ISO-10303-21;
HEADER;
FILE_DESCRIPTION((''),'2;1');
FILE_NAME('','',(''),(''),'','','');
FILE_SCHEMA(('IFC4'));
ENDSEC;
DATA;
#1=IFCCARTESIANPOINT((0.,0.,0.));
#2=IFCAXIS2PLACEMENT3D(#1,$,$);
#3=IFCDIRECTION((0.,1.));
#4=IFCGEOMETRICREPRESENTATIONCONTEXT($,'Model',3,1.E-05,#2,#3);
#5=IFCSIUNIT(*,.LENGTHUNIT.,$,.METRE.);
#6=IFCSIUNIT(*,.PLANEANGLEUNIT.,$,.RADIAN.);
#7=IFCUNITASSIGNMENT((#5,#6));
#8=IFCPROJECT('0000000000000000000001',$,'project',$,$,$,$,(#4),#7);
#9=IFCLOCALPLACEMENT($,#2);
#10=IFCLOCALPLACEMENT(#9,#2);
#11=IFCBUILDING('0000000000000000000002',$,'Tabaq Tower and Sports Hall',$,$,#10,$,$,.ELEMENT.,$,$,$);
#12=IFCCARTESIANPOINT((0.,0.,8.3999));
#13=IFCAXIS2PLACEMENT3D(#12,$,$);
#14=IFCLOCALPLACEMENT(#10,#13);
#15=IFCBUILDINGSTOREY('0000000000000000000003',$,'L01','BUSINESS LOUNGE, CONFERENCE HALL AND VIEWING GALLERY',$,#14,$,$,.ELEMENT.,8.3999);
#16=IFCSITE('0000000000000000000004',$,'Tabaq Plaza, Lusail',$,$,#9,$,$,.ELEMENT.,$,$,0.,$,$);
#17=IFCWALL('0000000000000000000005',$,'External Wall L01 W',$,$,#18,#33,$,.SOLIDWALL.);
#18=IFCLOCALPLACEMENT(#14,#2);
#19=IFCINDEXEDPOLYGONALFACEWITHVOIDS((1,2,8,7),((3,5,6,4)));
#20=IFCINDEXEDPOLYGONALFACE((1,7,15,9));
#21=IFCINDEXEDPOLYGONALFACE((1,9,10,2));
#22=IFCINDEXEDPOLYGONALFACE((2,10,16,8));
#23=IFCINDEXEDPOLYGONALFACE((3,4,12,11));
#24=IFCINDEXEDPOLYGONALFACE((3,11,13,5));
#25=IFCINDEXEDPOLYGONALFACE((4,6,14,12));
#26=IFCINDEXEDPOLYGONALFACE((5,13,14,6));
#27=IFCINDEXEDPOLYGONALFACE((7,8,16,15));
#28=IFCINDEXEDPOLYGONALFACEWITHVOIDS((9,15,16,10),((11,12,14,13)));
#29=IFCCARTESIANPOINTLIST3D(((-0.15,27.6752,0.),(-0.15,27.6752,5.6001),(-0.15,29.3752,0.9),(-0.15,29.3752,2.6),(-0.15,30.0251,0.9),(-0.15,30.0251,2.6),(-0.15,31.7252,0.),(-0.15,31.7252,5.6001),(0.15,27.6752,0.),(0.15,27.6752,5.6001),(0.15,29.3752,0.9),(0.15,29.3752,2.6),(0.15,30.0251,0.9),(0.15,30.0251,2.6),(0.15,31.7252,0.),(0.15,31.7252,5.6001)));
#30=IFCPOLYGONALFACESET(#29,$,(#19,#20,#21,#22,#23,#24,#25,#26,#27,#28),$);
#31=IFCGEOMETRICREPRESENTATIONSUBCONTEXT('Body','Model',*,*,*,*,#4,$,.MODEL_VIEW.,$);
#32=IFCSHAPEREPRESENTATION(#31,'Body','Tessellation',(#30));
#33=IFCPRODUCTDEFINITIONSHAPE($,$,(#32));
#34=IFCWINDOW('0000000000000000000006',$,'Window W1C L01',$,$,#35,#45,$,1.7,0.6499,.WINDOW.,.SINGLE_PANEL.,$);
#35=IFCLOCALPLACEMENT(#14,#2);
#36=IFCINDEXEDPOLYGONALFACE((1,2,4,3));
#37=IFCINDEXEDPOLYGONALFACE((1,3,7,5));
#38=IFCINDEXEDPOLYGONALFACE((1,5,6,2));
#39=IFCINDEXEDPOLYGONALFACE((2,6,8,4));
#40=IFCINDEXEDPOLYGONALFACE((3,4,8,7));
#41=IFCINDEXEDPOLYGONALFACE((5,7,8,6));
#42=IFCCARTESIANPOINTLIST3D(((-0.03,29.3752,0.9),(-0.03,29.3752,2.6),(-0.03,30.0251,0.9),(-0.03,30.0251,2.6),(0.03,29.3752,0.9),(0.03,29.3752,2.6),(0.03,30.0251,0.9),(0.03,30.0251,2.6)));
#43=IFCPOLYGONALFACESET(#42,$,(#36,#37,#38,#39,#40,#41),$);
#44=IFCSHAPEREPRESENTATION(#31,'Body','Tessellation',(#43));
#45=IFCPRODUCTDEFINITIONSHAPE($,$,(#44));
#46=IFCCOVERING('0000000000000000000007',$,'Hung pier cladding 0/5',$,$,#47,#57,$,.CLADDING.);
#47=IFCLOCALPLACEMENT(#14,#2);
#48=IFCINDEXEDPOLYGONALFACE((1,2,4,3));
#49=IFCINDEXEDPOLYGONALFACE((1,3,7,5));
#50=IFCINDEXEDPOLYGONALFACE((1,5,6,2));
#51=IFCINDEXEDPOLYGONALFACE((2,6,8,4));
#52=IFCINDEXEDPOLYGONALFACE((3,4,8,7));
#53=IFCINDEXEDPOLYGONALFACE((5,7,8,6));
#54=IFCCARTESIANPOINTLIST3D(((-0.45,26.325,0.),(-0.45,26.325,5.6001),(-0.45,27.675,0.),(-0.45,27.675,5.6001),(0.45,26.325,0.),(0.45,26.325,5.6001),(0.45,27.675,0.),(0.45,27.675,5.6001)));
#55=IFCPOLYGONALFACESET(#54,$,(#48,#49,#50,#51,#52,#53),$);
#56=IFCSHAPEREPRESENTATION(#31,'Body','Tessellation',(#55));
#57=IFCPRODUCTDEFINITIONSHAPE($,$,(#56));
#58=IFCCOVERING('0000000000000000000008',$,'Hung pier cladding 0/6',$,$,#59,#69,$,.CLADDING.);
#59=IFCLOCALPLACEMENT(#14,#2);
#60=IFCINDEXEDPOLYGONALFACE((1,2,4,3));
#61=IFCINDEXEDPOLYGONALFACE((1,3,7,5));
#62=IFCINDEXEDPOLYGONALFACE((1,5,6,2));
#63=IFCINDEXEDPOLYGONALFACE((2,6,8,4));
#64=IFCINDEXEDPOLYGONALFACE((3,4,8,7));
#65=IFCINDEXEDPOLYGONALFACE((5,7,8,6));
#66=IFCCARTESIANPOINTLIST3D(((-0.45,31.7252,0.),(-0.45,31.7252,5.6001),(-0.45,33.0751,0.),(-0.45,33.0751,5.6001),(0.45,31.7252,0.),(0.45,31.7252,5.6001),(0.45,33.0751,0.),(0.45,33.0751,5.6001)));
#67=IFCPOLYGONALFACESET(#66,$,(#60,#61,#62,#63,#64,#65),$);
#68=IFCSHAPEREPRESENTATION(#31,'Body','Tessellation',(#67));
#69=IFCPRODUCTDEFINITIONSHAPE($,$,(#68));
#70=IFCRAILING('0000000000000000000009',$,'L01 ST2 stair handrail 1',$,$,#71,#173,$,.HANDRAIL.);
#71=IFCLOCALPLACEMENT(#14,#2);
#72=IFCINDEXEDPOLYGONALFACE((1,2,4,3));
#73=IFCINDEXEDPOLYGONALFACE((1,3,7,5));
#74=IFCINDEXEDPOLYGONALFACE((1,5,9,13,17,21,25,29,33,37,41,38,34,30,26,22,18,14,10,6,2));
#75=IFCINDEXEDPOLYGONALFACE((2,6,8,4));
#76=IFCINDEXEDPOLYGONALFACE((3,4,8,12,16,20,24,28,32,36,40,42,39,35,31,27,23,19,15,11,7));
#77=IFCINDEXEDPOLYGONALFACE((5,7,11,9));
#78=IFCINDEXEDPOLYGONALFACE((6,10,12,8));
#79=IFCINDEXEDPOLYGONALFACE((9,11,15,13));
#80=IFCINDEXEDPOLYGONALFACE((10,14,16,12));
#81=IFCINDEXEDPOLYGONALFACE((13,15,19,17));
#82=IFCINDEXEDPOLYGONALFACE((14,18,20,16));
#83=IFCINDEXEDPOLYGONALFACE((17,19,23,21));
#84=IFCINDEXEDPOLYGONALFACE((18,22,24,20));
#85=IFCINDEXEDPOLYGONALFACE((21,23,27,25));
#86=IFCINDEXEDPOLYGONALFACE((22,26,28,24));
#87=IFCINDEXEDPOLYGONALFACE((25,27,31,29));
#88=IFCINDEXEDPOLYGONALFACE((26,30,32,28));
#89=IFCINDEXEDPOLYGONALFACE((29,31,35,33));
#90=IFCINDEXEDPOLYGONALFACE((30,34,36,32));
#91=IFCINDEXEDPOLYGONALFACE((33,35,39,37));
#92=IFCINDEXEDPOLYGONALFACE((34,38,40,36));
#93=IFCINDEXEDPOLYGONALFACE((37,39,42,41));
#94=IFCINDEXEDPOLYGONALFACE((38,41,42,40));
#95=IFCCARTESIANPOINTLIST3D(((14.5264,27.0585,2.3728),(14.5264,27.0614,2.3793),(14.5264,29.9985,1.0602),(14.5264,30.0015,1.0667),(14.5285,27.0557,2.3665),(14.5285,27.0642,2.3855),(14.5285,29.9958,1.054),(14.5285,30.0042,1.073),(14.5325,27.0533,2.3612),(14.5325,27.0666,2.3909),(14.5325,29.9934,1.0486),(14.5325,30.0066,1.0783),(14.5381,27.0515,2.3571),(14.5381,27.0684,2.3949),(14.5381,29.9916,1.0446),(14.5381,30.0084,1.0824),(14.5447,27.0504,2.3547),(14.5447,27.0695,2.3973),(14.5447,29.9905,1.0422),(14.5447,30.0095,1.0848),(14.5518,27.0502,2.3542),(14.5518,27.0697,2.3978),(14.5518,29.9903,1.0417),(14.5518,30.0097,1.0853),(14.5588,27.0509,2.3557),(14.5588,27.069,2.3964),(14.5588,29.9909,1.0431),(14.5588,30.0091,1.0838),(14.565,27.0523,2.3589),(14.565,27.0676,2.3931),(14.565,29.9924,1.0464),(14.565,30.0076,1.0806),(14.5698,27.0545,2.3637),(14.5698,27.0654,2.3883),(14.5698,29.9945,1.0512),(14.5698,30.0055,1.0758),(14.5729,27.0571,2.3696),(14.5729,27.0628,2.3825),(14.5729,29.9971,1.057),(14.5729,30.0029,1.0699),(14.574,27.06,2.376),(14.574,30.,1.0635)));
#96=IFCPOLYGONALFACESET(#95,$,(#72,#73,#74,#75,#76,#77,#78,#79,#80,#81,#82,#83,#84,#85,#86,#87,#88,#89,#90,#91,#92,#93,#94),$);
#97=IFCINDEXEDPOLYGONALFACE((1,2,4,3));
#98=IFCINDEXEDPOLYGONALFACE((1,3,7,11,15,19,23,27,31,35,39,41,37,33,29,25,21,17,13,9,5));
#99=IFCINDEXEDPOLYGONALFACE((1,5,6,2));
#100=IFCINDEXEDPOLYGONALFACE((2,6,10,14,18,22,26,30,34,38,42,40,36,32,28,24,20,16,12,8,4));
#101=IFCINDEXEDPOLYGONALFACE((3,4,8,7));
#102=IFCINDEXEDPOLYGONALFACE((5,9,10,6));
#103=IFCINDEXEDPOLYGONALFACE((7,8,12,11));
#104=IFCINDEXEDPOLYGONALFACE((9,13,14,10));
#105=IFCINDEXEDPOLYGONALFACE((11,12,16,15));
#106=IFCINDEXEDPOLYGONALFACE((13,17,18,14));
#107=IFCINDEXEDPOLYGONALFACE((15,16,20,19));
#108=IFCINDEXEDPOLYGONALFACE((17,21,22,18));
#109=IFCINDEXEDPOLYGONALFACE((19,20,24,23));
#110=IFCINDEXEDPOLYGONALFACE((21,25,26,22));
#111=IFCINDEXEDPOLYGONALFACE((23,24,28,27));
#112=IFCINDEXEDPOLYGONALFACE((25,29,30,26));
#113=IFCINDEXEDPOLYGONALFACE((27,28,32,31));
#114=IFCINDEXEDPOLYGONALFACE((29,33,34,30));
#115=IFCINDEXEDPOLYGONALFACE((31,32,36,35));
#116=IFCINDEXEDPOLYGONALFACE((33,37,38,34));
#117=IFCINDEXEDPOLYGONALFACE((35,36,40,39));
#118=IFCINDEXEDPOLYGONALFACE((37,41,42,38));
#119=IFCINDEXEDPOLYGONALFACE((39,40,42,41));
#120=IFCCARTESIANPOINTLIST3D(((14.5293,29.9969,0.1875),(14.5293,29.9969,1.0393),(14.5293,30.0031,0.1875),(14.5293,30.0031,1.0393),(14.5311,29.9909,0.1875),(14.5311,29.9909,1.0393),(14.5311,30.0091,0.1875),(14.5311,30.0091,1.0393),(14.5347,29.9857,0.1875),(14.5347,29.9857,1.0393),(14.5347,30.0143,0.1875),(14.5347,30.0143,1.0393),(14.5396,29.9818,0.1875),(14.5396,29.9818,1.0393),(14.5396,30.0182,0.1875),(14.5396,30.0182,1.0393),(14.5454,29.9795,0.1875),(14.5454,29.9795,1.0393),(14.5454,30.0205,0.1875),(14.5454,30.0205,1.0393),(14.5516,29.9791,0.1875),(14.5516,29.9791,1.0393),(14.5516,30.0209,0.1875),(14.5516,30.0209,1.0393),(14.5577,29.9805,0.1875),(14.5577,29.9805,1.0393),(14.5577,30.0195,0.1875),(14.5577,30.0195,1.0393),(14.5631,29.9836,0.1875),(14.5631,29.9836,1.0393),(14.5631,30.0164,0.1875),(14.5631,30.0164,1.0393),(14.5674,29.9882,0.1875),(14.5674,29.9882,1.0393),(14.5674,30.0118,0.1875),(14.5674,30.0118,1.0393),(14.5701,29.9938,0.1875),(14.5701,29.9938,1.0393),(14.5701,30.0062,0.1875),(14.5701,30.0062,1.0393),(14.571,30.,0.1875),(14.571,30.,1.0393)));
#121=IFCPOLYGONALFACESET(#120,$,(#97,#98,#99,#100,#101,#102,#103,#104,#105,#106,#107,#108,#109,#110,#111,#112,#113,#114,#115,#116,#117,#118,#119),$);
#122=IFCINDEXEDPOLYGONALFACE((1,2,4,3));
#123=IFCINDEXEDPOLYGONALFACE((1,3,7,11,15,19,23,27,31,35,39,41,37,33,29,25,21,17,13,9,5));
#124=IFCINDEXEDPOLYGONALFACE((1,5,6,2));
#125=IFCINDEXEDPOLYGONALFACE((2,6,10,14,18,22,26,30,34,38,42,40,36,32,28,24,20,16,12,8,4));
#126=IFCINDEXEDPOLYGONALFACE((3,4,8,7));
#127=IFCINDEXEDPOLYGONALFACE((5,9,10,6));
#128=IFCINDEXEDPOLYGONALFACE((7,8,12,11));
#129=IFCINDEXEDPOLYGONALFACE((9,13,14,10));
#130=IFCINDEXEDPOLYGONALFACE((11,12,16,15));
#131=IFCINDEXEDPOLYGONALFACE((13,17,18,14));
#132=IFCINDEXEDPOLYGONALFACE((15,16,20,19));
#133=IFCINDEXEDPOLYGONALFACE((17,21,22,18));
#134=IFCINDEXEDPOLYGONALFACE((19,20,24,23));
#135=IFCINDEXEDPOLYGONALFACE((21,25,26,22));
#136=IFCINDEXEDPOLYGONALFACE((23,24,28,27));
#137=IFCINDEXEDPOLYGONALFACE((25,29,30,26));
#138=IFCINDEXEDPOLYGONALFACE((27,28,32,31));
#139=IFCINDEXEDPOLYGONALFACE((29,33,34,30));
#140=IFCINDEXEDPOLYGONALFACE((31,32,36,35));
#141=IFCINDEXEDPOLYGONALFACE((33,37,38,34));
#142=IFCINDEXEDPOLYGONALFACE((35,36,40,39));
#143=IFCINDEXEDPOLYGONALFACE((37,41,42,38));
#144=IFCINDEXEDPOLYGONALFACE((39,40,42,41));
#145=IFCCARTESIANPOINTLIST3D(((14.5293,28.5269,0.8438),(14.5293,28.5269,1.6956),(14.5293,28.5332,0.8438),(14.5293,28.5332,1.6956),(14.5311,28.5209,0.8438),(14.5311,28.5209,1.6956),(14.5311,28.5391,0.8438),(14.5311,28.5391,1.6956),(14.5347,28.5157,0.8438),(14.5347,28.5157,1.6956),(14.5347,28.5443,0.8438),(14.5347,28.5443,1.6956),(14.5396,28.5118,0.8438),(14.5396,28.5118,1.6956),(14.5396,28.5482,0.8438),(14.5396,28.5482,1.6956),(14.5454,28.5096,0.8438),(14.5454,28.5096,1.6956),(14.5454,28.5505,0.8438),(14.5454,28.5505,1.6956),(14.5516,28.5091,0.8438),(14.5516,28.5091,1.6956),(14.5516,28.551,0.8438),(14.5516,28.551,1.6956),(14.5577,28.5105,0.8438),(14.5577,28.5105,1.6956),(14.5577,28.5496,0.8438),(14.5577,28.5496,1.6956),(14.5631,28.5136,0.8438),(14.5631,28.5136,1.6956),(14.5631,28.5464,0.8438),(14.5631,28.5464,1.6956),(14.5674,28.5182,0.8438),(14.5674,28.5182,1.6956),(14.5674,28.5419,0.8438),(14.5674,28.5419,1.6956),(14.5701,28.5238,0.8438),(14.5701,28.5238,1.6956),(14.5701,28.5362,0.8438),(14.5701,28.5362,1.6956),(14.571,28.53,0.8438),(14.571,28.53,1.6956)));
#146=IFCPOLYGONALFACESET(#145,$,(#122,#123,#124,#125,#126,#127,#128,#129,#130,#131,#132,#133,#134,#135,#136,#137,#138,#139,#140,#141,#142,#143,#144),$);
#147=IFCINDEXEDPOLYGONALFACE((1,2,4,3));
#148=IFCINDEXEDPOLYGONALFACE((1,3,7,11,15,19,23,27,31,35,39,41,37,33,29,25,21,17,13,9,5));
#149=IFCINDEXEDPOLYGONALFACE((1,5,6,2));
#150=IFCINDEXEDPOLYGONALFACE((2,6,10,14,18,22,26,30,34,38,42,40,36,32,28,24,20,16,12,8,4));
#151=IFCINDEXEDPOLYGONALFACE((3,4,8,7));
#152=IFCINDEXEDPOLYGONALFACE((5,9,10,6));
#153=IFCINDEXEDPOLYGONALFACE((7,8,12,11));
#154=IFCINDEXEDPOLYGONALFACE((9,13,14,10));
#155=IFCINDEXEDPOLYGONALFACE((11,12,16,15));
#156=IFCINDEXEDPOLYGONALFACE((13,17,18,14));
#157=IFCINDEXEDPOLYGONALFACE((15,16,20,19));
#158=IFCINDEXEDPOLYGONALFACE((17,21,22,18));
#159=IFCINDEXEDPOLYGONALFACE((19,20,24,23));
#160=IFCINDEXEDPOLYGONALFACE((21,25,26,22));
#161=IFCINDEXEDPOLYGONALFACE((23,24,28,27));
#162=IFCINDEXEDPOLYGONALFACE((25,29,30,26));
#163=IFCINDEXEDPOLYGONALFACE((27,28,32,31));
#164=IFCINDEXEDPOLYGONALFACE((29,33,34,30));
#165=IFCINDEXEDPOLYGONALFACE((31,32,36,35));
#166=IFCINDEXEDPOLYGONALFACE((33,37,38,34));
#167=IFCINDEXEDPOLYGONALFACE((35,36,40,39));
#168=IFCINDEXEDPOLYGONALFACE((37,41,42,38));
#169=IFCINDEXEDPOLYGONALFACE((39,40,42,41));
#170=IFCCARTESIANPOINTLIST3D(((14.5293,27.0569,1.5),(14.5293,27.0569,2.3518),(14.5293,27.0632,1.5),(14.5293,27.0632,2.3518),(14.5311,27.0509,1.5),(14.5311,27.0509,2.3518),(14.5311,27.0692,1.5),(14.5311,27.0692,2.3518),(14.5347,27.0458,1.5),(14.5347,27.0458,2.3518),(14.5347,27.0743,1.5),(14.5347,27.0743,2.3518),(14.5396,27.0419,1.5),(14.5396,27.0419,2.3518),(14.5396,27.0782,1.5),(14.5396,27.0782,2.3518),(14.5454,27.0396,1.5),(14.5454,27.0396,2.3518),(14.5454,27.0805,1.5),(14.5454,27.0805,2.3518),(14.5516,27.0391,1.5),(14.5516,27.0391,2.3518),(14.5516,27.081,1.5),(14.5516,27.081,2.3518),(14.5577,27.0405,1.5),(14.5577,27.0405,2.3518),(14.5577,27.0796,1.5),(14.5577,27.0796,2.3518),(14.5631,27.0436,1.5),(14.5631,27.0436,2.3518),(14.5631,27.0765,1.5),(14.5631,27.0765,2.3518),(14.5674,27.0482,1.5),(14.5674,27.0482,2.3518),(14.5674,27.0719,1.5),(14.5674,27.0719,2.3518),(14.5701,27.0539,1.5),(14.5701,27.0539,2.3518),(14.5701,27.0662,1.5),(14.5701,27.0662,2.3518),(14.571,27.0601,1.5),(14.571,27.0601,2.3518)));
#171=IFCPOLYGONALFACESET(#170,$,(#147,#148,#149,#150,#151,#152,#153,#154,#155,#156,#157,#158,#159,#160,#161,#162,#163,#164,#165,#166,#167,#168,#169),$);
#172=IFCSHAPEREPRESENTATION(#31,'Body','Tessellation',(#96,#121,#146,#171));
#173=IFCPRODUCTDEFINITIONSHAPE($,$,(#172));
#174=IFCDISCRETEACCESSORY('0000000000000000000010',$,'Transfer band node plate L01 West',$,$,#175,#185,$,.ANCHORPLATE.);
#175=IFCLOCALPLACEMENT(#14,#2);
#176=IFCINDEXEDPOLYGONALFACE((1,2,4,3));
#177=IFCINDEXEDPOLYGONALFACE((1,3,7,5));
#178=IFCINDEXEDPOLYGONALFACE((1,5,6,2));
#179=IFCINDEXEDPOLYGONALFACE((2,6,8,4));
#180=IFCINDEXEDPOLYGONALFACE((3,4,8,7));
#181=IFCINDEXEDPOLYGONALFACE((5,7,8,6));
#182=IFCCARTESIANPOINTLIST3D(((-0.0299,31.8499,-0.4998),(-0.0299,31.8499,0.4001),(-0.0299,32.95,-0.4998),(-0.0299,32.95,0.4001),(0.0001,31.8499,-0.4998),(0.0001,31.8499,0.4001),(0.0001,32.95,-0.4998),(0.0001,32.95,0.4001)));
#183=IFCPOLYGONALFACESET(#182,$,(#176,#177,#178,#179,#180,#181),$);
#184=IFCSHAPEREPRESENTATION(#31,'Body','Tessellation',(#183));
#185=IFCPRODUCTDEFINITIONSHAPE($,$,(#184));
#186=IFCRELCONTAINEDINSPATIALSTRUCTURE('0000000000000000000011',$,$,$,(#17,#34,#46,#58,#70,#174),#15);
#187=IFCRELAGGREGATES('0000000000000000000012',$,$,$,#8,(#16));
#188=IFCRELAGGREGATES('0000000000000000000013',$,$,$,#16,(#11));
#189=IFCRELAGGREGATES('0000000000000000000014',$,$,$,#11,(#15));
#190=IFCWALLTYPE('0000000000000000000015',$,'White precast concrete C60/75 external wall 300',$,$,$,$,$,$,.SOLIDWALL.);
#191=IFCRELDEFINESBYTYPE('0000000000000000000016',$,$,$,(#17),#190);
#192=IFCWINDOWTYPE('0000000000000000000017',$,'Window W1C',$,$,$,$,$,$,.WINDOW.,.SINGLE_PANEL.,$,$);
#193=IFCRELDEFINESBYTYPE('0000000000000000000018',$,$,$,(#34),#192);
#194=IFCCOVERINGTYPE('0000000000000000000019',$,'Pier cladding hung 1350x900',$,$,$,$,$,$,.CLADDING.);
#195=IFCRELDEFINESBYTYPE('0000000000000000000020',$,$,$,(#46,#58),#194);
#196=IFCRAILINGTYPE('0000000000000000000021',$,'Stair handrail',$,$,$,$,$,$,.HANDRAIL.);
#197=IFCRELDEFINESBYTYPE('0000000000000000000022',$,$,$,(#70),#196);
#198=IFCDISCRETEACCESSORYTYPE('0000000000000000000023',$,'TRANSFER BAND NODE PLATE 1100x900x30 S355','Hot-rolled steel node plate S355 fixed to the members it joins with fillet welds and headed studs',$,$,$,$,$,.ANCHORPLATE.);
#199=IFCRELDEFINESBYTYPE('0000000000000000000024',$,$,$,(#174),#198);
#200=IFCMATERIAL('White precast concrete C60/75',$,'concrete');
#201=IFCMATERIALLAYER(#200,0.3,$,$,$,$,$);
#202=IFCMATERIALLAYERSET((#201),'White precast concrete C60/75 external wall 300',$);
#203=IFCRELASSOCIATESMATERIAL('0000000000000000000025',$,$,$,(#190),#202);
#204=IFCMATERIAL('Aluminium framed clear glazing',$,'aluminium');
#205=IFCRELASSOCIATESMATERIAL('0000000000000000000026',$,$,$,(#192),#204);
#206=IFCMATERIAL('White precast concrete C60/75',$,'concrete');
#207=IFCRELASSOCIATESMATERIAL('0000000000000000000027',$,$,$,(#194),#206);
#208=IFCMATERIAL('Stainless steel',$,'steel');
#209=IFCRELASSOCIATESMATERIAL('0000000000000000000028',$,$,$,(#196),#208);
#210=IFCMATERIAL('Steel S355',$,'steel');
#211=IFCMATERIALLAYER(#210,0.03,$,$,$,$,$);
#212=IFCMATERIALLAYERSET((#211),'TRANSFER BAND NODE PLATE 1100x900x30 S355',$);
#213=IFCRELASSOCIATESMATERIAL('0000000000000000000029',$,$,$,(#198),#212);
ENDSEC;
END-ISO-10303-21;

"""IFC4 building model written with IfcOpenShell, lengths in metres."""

from ifc_helpers import new_model, si_unit, direction, frame, frame_2d, origin, origin_2d, place, context, subcontext, project, spatial, rectangle, circle, extrude, material, layer, layer_set, type_object, element, fill, save


model = new_model("IFC4")

# Units and contexts
model_context = context("Model", 3, precision=1e-05, world=origin(), true_north=direction((0.0, 1.0)))
body_context = subcontext(model_context, "Body", "Model", "MODEL_VIEW")
ifc_project = project(units=[si_unit("LENGTHUNIT", "METRE"), si_unit("PLANEANGLEUNIT", "RADIAN")], contexts=[model_context])

# Site, building, storey
site_placement = place(None, origin())
site = spatial("IfcSite", under=ifc_project, at=site_placement, Name="Tabaq Plaza, Lusail", CompositionType="ELEMENT", RefElevation=0.0)
building_placement = place(site_placement, origin())
building = spatial("IfcBuilding", under=site, at=building_placement, Name="Tabaq Tower and Sports Hall", CompositionType="ELEMENT")
storey_placement = place(building_placement, frame((0.0, 0.0, 8.3999)))
storey = spatial("IfcBuildingStorey", under=building, at=storey_placement, Name="L01", Description="BUSINESS LOUNGE, CONFERENCE HALL AND VIEWING GALLERY", CompositionType="ELEMENT", Elevation=8.3999)

# Wall, opening, window
ifc_material_1 = material(Name="White precast concrete C60/75", Category="concrete")
ifc_layer_1 = layer(ifc_material_1, 0.3)
ifc_layer_set_1 = layer_set([ifc_layer_1], Name="White precast concrete C60/75 external wall 300")
wall_type_1 = type_object("IfcWallType", Name="White precast concrete C60/75 external wall 300", PredefinedType="SOLIDWALL", material=ifc_layer_set_1)
wall_1_placement = place(storey_placement, frame((0.0, 31.7251, 0.0), z_axis=(0.0, 0.0, 1.0), x_axis=(0.0, -1.0, 0.0)))
wall_1 = element("IfcWall", 1, at=wall_1_placement, inside=storey, type_object=wall_type_1, Name="External Wall L01 W", PredefinedType="SOLIDWALL", context=body_context, shape_type="SweptSolid", body=[
    extrude(rectangle(XDim=4.05, YDim=0.3, at=frame_2d((2.0249, 0.0))), origin(), (0.0, 0.0, 1.0), 5.6001),
])
opening_1_placement = place(wall_1_placement, frame((1.7, 0.0, 0.8999)))
opening_1 = element("IfcOpeningElement", 2, at=opening_1_placement, cuts=wall_1, PredefinedType="OPENING", context=body_context, shape_type="SweptSolid", body=[
    extrude(rectangle(XDim=0.6499, YDim=1.7, at=frame_2d((0.325, 0.8501))), frame((0.0, 0.1602, 0.0), z_axis=(0.0, -1.0, 0.0), x_axis=(1.0, 0.0, 0.0)), (0.0, 0.0, 1.0), 0.3201),
])
ifc_material_2 = material(Name="Aluminium framed clear glazing", Category="aluminium")
window_type = type_object("IfcWindowType", Name="Window W1C", PartitioningType="SINGLE_PANEL", PredefinedType="WINDOW", material=ifc_material_2)
window_placement = place(opening_1_placement, origin())
window = element("IfcWindow", 3, at=window_placement, inside=storey, type_object=window_type, Name="Window W1C L01", OverallHeight=1.7, OverallWidth=0.6499, PartitioningType="SINGLE_PANEL", PredefinedType="WINDOW", context=body_context, shape_type="SweptSolid", body=[
    extrude(rectangle(XDim=0.6499, YDim=1.7, at=frame_2d((0.325, 0.8501))), frame((0.0, 0.03, 0.0), z_axis=(0.0, -1.0, 0.0), x_axis=(1.0, 0.0, 0.0)), (0.0, 0.0, 1.0), 0.0601),
])
fill(opening_1, window)

# Coverings
ifc_material_3 = material(Name="White precast concrete C60/75", Category="concrete")
covering_type = type_object("IfcCoveringType", Name="Pier cladding hung 1350x900", PredefinedType="CLADDING", material=ifc_material_3)
covering_1_placement = place(storey_placement, frame((0.0, 27.675, 0.0), z_axis=(0.0, 0.0, 1.0), x_axis=(0.0, -1.0, 0.0)))
element("IfcCovering", 4, at=covering_1_placement, inside=storey, type_object=covering_type, Name="Hung pier cladding 0/5", PredefinedType="CLADDING", context=body_context, shape_type="SweptSolid", body=[
    extrude(rectangle(XDim=1.3501, YDim=0.8999, at=frame_2d((0.675, 0.0))), origin(), (0.0, 0.0, 1.0), 5.6001),
])
covering_2_placement = place(storey_placement, frame((0.0, 33.075, 0.0), z_axis=(0.0, 0.0, 1.0), x_axis=(0.0, -1.0, 0.0)))
element("IfcCovering", 5, at=covering_2_placement, inside=storey, type_object=covering_type, Name="Hung pier cladding 0/6", PredefinedType="CLADDING", context=body_context, shape_type="SweptSolid", body=[
    extrude(rectangle(XDim=1.3499, YDim=0.8999, at=frame_2d((0.6748, 0.0))), origin(), (0.0, 0.0, 1.0), 5.6001),
])

# Railing
ifc_material_4 = material(Name="Stainless steel", Category="steel")
railing_type = type_object("IfcRailingType", Name="Stair handrail", PredefinedType="HANDRAIL", material=ifc_material_4)
railing_placement = place(storey_placement, frame((14.55, 30.0, 0.1875)))
element("IfcRailing", 6, at=railing_placement, inside=storey, type_object=railing_type, Name="L01 ST2 stair handrail 1", PredefinedType="HANDRAIL", context=body_context, shape_type="SweptSolid", body=[
    extrude(circle(Radius=0.0239, at=origin_2d()), frame((0.0, 0.0, 0.876), z_axis=(0.0, -0.913135, 0.407658), x_axis=(1.0, 0.0, 0.0)), (0.0, 0.0, 1.0), 3.2197),
    extrude(circle(Radius=0.021, at=origin_2d()), origin(), (0.0, 0.0, 1.0), 0.8518),
    extrude(circle(Radius=0.021, at=origin_2d()), frame((0.0, -1.47, 0.6562)), (0.0, 0.0, 1.0), 0.8518),
    extrude(circle(Radius=0.021, at=origin_2d()), frame((0.0, -2.9399, 1.3125)), (0.0, 0.0, 1.0), 0.8518),
])

# Discrete accessory
ifc_material_5 = material(Name="Steel S355", Category="steel")
ifc_layer_2 = layer(ifc_material_5, 0.03)
ifc_layer_set_2 = layer_set([ifc_layer_2], Name="TRANSFER BAND NODE PLATE 1100x900x30 S355")
discrete_accessory_type_1 = type_object("IfcDiscreteAccessoryType", Name="TRANSFER BAND NODE PLATE 1100x900x30 S355", Description="Hot-rolled steel node plate S355 fixed to the members it joins with fillet welds and headed studs", PredefinedType="ANCHORPLATE", material=ifc_layer_set_2)
discrete_accessory_1_placement = place(storey_placement, frame((-0.0149, 32.3999, -0.4998), z_axis=(0.0, 0.0, 1.0), x_axis=(0.0, -1.0, 0.0)))
element("IfcDiscreteAccessory", 7, at=discrete_accessory_1_placement, inside=storey, type_object=discrete_accessory_type_1, Name="Transfer band node plate L01 West", PredefinedType="ANCHORPLATE", context=body_context, shape_type="SweptSolid", body=[
    extrude(rectangle(XDim=1.1001, YDim=0.03, at=origin_2d()), origin(), (0.0, 0.0, 1.0), 0.8999),
])

save(model, "model.ifc")
